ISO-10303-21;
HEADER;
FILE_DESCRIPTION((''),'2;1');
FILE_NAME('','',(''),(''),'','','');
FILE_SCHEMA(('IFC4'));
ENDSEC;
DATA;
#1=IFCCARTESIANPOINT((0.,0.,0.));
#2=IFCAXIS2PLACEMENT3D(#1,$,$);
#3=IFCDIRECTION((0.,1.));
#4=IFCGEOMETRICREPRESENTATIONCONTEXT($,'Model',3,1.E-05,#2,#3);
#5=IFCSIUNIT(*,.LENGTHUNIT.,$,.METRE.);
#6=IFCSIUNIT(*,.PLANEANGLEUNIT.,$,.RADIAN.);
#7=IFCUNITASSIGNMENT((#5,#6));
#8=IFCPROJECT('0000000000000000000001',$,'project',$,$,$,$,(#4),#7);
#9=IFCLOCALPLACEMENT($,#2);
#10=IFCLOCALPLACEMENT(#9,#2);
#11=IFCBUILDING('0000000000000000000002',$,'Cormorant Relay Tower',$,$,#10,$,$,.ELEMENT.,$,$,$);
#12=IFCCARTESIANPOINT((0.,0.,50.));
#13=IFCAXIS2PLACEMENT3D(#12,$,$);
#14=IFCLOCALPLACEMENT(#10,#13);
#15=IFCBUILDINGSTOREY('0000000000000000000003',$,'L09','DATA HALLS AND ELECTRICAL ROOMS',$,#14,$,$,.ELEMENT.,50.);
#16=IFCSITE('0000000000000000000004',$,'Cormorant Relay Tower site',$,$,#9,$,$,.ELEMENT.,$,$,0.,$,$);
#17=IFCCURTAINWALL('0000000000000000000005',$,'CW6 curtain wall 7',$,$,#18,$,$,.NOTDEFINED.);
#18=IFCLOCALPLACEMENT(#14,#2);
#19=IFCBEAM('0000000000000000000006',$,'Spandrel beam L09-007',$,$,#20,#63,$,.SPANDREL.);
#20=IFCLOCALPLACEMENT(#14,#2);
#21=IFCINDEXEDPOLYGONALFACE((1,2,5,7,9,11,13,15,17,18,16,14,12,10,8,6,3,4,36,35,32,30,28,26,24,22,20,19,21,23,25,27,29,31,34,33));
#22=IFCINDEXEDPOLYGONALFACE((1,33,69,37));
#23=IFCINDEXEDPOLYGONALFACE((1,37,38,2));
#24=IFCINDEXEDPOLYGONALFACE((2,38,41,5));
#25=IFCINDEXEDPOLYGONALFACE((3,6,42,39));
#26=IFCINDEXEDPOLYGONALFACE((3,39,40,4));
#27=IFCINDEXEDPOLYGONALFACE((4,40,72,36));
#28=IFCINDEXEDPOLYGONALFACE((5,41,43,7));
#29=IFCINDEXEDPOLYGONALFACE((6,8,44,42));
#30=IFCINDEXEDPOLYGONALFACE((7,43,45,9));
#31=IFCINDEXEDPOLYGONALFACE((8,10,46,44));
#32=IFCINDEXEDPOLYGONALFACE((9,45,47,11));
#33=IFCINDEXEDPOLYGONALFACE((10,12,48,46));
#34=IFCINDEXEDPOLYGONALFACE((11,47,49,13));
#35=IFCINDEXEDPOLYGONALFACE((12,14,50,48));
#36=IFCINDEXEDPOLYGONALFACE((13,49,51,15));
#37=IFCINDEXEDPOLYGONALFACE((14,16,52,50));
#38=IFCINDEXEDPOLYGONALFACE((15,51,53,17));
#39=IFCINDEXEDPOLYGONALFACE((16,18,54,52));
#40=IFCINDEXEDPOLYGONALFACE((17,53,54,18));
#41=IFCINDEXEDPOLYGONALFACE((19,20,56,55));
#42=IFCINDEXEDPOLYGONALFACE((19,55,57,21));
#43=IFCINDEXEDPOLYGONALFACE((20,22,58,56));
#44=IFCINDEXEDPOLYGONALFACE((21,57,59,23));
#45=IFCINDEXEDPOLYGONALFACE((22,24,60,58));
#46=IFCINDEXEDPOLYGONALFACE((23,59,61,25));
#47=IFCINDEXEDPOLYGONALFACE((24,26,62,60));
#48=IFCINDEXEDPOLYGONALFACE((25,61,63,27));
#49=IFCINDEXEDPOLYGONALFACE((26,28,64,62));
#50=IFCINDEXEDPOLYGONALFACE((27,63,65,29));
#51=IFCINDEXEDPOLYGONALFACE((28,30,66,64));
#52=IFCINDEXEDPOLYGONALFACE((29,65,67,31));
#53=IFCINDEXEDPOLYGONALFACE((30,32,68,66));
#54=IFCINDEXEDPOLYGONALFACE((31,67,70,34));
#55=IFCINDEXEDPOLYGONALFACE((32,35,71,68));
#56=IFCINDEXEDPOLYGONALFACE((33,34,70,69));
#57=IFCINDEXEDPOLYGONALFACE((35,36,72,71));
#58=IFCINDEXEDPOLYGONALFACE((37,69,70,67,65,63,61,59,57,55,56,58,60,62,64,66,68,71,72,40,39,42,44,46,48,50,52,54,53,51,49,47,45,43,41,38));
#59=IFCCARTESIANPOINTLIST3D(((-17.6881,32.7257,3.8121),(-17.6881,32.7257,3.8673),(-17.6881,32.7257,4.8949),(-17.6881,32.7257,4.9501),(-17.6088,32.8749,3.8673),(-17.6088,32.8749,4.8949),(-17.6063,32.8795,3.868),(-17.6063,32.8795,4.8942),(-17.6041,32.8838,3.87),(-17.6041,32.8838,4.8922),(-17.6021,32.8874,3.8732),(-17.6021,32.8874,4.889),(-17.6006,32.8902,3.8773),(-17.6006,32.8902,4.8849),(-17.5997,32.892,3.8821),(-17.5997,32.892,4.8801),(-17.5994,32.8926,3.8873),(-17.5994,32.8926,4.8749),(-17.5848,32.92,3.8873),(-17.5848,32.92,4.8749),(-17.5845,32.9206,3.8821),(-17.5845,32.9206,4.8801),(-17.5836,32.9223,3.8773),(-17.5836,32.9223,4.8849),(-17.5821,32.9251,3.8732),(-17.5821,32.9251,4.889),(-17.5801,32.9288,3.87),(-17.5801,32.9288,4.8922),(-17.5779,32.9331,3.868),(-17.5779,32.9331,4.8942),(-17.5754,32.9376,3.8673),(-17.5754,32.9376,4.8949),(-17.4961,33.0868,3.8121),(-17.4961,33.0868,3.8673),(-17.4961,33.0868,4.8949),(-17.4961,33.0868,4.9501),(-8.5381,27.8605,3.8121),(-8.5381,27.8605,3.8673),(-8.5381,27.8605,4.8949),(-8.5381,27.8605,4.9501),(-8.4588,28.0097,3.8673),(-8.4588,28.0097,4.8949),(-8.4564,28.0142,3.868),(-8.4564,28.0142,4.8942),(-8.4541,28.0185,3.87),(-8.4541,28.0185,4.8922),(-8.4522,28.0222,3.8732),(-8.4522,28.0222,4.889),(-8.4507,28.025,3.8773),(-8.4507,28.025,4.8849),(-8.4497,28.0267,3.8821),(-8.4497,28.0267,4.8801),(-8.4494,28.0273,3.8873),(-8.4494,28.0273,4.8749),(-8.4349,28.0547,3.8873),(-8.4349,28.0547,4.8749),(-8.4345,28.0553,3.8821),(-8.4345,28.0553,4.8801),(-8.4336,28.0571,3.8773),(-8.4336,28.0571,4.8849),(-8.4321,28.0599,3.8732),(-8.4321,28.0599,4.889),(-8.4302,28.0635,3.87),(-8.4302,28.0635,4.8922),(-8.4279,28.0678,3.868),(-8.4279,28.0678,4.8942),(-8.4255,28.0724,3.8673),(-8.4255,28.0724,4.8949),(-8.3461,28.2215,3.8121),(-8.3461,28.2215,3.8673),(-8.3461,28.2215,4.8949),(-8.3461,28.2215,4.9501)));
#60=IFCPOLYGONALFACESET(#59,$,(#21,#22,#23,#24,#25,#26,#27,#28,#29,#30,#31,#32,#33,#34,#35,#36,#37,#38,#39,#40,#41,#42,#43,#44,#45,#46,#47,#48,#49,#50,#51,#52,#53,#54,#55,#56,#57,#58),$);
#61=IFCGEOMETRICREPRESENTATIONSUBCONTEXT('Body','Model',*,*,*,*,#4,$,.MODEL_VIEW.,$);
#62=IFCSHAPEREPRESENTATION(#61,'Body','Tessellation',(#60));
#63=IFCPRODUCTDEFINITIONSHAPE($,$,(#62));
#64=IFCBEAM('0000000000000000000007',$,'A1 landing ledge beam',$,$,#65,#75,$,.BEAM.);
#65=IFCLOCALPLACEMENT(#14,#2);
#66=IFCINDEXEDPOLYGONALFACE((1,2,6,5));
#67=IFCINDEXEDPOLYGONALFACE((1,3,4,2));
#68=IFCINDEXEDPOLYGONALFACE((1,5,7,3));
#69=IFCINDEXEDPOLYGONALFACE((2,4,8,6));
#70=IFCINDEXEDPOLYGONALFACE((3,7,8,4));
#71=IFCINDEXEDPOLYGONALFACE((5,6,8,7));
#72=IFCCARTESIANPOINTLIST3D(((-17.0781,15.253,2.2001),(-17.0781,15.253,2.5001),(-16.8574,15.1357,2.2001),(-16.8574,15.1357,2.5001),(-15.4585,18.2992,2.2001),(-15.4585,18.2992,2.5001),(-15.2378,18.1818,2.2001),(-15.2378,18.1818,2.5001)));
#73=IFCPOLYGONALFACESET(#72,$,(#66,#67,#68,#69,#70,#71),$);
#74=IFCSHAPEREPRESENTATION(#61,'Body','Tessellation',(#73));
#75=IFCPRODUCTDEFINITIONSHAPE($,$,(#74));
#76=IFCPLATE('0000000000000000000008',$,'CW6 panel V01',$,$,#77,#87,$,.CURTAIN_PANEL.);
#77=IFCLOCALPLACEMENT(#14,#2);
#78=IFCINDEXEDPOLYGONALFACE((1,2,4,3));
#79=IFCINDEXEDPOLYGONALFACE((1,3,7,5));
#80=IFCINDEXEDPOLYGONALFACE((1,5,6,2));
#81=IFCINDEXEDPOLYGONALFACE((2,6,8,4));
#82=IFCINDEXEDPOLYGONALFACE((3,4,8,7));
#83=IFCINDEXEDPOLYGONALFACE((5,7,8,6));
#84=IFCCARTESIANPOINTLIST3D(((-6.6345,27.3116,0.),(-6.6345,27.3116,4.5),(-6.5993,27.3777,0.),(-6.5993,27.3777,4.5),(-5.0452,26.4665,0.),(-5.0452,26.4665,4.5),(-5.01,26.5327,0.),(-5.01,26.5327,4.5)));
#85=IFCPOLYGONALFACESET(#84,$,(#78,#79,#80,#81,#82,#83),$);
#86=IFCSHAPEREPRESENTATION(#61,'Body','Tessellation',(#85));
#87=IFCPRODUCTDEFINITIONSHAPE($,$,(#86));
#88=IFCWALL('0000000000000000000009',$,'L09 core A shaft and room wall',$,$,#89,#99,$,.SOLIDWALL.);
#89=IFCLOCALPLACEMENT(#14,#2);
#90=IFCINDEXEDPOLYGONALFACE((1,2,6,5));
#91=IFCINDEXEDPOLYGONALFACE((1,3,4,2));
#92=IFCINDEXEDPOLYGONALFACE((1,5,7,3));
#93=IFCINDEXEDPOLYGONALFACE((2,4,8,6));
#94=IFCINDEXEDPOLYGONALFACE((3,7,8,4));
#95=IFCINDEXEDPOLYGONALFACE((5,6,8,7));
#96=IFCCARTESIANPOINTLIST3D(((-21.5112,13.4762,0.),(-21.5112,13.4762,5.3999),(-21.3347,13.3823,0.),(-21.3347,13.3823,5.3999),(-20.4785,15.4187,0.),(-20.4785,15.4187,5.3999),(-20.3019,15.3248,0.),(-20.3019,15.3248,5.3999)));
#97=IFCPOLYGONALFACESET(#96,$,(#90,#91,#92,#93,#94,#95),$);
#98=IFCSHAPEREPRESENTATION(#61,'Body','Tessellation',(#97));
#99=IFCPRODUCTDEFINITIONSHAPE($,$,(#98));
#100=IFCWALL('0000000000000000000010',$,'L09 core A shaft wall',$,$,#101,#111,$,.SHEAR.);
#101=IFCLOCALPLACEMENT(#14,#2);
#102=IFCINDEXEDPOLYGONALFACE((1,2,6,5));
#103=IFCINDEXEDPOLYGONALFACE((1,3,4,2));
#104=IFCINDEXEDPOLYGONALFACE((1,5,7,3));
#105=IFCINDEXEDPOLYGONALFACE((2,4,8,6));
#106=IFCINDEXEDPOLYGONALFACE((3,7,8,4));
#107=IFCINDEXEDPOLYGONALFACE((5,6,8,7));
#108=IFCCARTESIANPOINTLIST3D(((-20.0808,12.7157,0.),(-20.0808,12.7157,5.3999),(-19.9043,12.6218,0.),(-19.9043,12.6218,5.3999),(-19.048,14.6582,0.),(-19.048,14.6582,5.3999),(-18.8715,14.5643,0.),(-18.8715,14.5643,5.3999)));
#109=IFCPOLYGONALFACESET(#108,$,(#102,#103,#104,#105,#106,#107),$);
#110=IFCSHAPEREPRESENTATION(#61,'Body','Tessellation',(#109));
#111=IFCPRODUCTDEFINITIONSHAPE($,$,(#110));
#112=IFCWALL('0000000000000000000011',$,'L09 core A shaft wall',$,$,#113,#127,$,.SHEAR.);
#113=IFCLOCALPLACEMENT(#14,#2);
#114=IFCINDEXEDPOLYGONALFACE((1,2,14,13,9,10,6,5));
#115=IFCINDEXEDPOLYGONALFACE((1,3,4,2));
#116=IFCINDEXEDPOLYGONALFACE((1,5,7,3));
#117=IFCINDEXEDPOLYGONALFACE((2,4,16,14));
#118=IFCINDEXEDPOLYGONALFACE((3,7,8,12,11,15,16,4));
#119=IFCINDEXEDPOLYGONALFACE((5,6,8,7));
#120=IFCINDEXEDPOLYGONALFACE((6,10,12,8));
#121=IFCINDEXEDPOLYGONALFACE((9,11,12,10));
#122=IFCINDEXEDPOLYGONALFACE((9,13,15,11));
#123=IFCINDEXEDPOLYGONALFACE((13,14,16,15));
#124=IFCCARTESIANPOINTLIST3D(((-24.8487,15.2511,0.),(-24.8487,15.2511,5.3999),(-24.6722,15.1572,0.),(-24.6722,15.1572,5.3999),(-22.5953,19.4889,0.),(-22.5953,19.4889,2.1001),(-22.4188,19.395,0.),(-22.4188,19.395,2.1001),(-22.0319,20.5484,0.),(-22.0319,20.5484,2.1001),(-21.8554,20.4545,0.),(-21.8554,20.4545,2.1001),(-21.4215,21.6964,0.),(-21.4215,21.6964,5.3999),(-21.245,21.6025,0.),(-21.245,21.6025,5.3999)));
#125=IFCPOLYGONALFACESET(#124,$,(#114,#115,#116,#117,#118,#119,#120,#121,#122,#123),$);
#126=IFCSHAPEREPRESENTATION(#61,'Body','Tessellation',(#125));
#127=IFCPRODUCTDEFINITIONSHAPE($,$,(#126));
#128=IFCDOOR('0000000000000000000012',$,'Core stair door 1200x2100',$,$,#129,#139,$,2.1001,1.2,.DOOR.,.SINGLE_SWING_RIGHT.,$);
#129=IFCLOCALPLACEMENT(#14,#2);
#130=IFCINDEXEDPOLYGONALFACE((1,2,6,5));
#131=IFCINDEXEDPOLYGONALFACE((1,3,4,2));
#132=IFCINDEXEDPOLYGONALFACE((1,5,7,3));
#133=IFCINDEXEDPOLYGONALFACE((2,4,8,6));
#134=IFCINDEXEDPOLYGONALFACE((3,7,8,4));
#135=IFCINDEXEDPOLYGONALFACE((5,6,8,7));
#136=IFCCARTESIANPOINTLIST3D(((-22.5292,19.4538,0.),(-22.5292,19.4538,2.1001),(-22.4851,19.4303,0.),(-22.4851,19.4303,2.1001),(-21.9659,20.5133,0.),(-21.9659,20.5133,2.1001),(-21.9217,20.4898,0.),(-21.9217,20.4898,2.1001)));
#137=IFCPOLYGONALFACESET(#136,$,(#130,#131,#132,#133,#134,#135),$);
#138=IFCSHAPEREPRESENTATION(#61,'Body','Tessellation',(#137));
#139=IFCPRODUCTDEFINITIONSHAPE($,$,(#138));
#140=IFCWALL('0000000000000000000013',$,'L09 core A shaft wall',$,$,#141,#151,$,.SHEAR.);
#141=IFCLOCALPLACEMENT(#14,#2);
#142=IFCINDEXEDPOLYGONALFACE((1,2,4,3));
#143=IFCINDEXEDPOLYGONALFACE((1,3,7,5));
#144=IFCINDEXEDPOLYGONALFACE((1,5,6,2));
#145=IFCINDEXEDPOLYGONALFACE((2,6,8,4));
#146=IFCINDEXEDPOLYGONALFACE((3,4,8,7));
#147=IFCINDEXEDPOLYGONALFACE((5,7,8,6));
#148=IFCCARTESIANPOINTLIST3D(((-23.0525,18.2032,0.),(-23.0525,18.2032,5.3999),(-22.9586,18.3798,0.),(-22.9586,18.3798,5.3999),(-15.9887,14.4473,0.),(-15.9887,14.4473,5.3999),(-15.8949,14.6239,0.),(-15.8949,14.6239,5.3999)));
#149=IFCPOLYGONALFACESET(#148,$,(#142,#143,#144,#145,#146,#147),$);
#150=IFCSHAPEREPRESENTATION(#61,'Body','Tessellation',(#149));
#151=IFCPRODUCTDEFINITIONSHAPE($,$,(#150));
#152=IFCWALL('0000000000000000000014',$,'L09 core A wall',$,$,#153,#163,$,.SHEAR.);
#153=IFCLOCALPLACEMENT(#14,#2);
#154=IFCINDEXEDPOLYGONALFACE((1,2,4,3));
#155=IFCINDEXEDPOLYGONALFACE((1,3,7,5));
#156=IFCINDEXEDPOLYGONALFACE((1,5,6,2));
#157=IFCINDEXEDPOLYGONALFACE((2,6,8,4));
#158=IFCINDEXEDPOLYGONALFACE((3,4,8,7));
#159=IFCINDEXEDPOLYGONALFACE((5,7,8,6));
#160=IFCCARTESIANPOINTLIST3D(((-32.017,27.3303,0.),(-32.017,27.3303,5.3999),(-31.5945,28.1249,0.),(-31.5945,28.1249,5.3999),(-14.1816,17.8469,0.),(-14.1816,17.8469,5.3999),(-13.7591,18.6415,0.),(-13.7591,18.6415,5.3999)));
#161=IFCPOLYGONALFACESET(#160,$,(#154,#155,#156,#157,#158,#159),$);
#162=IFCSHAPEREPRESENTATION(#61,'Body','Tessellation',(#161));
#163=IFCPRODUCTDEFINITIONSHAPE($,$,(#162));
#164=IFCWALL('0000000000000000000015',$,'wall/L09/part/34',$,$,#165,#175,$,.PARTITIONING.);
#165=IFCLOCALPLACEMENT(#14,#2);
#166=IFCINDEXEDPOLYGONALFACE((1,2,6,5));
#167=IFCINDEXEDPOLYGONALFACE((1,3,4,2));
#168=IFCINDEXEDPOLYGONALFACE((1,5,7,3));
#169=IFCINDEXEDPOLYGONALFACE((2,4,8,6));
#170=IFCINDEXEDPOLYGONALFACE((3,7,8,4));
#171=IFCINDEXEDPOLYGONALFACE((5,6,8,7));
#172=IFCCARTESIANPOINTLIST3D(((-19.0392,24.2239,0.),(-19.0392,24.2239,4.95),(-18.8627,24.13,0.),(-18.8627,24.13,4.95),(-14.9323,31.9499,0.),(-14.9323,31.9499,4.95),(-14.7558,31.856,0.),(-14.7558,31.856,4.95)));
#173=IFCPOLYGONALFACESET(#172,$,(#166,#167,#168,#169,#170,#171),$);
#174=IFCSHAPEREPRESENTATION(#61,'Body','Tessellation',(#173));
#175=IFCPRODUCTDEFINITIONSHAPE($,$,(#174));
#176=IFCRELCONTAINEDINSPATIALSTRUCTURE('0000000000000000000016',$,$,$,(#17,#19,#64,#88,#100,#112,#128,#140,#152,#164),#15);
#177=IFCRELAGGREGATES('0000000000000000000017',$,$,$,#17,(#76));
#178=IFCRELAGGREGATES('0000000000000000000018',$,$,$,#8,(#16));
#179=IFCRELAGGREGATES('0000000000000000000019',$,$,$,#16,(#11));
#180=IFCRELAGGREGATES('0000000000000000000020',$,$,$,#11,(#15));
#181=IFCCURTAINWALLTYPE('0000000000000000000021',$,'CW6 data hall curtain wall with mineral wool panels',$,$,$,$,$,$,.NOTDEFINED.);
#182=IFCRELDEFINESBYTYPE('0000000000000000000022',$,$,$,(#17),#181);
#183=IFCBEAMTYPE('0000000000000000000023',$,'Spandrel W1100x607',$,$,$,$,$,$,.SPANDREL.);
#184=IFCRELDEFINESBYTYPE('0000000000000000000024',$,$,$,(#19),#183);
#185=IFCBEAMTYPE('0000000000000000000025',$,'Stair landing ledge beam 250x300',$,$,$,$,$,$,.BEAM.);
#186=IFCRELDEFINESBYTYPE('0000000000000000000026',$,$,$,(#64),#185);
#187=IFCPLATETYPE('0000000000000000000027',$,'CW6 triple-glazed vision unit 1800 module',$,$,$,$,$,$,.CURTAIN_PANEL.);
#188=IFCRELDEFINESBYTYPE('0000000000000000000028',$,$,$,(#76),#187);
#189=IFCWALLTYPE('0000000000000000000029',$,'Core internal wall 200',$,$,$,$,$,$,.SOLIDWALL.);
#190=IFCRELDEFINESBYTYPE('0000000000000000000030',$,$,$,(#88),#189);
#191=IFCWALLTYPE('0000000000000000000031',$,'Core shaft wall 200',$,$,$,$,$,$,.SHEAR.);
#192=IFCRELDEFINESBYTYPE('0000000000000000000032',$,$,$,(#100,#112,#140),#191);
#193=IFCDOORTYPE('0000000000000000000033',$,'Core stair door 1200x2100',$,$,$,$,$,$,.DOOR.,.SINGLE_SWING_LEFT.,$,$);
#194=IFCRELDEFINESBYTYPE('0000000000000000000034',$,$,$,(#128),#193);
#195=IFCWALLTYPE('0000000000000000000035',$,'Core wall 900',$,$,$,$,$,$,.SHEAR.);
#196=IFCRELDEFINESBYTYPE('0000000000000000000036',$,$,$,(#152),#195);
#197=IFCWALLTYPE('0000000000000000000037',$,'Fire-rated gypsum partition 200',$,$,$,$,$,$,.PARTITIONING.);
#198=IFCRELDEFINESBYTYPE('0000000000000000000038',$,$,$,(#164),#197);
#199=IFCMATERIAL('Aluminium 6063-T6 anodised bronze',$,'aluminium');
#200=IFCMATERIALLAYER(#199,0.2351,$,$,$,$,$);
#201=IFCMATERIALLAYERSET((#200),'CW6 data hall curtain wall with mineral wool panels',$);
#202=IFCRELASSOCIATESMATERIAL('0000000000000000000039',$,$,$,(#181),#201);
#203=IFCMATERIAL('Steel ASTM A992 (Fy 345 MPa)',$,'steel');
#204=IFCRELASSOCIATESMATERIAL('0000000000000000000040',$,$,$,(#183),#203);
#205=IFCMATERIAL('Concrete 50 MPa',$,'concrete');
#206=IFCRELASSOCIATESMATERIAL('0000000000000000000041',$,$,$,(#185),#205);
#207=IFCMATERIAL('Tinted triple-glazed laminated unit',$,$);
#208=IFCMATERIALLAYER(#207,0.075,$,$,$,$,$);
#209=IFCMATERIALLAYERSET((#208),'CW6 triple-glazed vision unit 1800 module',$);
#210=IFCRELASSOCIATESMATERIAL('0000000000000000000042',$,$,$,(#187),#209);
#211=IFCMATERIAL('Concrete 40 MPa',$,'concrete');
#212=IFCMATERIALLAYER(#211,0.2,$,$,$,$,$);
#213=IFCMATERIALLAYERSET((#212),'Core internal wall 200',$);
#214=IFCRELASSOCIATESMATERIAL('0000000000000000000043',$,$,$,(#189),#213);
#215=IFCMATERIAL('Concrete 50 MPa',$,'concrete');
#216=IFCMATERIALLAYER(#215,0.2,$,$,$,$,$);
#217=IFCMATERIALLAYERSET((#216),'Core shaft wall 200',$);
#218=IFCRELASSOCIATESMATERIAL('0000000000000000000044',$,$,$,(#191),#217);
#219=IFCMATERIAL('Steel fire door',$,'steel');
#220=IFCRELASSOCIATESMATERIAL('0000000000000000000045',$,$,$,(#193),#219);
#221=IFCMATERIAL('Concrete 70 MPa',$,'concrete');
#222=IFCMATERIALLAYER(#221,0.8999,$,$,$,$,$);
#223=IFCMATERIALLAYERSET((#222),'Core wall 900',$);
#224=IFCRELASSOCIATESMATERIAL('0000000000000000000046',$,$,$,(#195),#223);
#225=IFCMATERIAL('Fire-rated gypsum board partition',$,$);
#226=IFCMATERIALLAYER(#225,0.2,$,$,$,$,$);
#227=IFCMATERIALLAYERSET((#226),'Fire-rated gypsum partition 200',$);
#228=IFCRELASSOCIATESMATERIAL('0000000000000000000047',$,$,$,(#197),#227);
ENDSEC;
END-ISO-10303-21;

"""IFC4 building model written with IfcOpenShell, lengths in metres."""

from ifc_helpers import new_model, si_unit, direction, frame, frame_2d, origin, origin_2d, place, context, subcontext, project, spatial, rectangle, i_section, extrude, material, layer, layer_set, material_profile, profile_set, type_object, element, fill, aggregate, save


model = new_model("IFC4")

# Units and contexts
model_context = context("Model", 3, precision=1e-05, world=origin(), true_north=direction((0.0, 1.0)))
body_context = subcontext(model_context, "Body", "Model", "MODEL_VIEW")
ifc_project = project(units=[si_unit("LENGTHUNIT", "METRE"), si_unit("PLANEANGLEUNIT", "RADIAN")], contexts=[model_context])

# Site, building, storey
site_placement = place(None, origin())
site = spatial("IfcSite", under=ifc_project, at=site_placement, Name="Cormorant Relay Tower site", CompositionType="ELEMENT", RefElevation=0.0)
building_placement = place(site_placement, origin())
building = spatial("IfcBuilding", under=site, at=building_placement, Name="Cormorant Relay Tower", CompositionType="ELEMENT")
storey_placement = place(building_placement, frame((0.0, 0.0, 50.0)))
storey = spatial("IfcBuildingStorey", under=building, at=storey_placement, Name="L09", Description="DATA HALLS AND ELECTRICAL ROOMS", CompositionType="ELEMENT", Elevation=50.0)

# Curtain wall
ifc_material_1 = material(Name="Aluminium 6063-T6 anodised bronze", Category="aluminium")
ifc_layer_1 = layer(ifc_material_1, 0.2351)
ifc_layer_set_1 = layer_set([ifc_layer_1], Name="CW6 data hall curtain wall with mineral wool panels")
curtain_wall_type = type_object("IfcCurtainWallType", Name="CW6 data hall curtain wall with mineral wool panels", PredefinedType="NOTDEFINED", material=ifc_layer_set_1)
curtain_wall_placement = place(storey_placement, origin())
curtain_wall = element("IfcCurtainWall", 1, at=curtain_wall_placement, inside=storey, type_object=curtain_wall_type, Name="CW6 curtain wall 7", PredefinedType="NOTDEFINED")

# Beams
ifc_material_2 = material(Name="Steel ASTM A992 (Fy 345 MPa)", Category="steel")
ifc_material_profile_1 = material_profile(ifc_material_2, i_section(OverallWidth=0.4089, OverallDepth=1.1379, WebThickness=0.031, FlangeThickness=0.0552, FilletRadius=0.02, at=origin_2d()), Name="W1100x607")
ifc_profile_set_1 = profile_set([ifc_material_profile_1], Name="Steel ASTM A992 (Fy 345 MPa)")
beam_type_1 = type_object("IfcBeamType", Name="Spandrel W1100x607", PredefinedType="SPANDREL", material=ifc_profile_set_1)
beam_1_placement = place(storey_placement, frame((-8.4421, 28.041, 4.3811), z_axis=(-0.882942, 0.469482, 0.0), x_axis=(-0.469482, -0.882942, 0.0)))
element("IfcBeam", 2, at=beam_1_placement, inside=storey, type_object=beam_type_1, Name="Spandrel beam L09-007", PredefinedType="SPANDREL", context=body_context, shape_type="SweptSolid", body=[
    extrude(i_section(OverallWidth=0.4089, OverallDepth=1.1379, WebThickness=0.031, FlangeThickness=0.0552, FilletRadius=0.02, at=origin_2d()), origin(), (0.0, 0.0, 1.0), 10.363),
])
ifc_material_3 = material(Name="Concrete 50 MPa", Category="concrete")
ifc_material_profile_2 = material_profile(ifc_material_3, rectangle(XDim=0.25, YDim=0.3, at=origin_2d()), Name="RC 250x300")
ifc_profile_set_2 = profile_set([ifc_material_profile_2], Name="Concrete 50 MPa")
beam_type_2 = type_object("IfcBeamType", Name="Stair landing ledge beam 250x300", PredefinedType="BEAM", material=ifc_profile_set_2)
beam_2_placement = place(storey_placement, frame((-16.9678, 15.1943, 2.3501), z_axis=(0.469464, 0.882952, 0.0), x_axis=(-0.882952, 0.469464, 0.0)))
element("IfcBeam", 3, at=beam_2_placement, inside=storey, type_object=beam_type_2, Name="A1 landing ledge beam", PredefinedType="BEAM", context=body_context, shape_type="SweptSolid", body=[
    extrude(rectangle(XDim=0.25, YDim=0.3, at=origin_2d()), origin(), (0.0, 0.0, 1.0), 3.45),
])

# Plate
ifc_material_4 = material(Name="Tinted triple-glazed laminated unit")
ifc_layer_2 = layer(ifc_material_4, 0.075)
ifc_layer_set_2 = layer_set([ifc_layer_2], Name="CW6 triple-glazed vision unit 1800 module")
plate_type = type_object("IfcPlateType", Name="CW6 triple-glazed vision unit 1800 module", PredefinedType="CURTAIN_PANEL", material=ifc_layer_set_2)
plate_placement = place(storey_placement, frame((-5.8223, 26.9221, 0.0), z_axis=(0.0, 0.0, 1.0), x_axis=(-0.882948, 0.469472, 0.0)))
plate = element("IfcPlate", 4, at=plate_placement, type_object=plate_type, Name="CW6 panel V01", PredefinedType="CURTAIN_PANEL", context=body_context, shape_type="SweptSolid", body=[
    extrude(rectangle(XDim=1.8, YDim=0.075, at=origin_2d()), origin(), (0.0, 0.0, 1.0), 4.5),
])

# Walls
ifc_material_5 = material(Name="Concrete 40 MPa", Category="concrete")
ifc_layer_3 = layer(ifc_material_5, 0.2)
ifc_layer_set_3 = layer_set([ifc_layer_3], Name="Core internal wall 200")
wall_type_1 = type_object("IfcWallType", Name="Core internal wall 200", PredefinedType="SOLIDWALL", material=ifc_layer_set_3)
wall_1_placement = place(storey_placement, frame((-20.3901, 15.3718, 0.0), z_axis=(0.0, 0.0, 1.0), x_axis=(-0.469447, -0.88296, 0.0)))
element("IfcWall", 5, at=wall_1_placement, inside=storey, type_object=wall_type_1, Name="L09 core A shaft and room wall", PredefinedType="SOLIDWALL", context=body_context, shape_type="SweptSolid", body=[
    extrude(rectangle(XDim=2.2, YDim=0.2, at=frame_2d((1.1001, 0.0))), origin(), (0.0, 0.0, 1.0), 5.3999),
])
ifc_material_6 = material(Name="Concrete 50 MPa", Category="concrete")
ifc_layer_4 = layer(ifc_material_6, 0.2)
ifc_layer_set_4 = layer_set([ifc_layer_4], Name="Core shaft wall 200")
wall_type_2 = type_object("IfcWallType", Name="Core shaft wall 200", PredefinedType="SHEAR", material=ifc_layer_set_4)
wall_2_placement = place(storey_placement, frame((-18.9597, 14.6113, 0.0), z_axis=(0.0, 0.0, 1.0), x_axis=(-0.469447, -0.88296, 0.0)))
element("IfcWall", 6, at=wall_2_placement, inside=storey, type_object=wall_type_2, Name="L09 core A shaft wall", PredefinedType="SHEAR", context=body_context, shape_type="SweptSolid", body=[
    extrude(rectangle(XDim=2.2, YDim=0.2, at=frame_2d((1.1001, 0.0))), origin(), (0.0, 0.0, 1.0), 5.3999),
])

# Wall, opening, door
wall_3_placement = place(storey_placement, frame((-21.3333, 21.6494, 0.0), z_axis=(0.0, 0.0, 1.0), x_axis=(-0.469494, -0.882936, 0.0)))
wall_3 = element("IfcWall", 7, at=wall_3_placement, inside=storey, type_object=wall_type_2, Name="L09 core A shaft wall", PredefinedType="SHEAR", context=body_context, shape_type="SweptSolid", body=[
    extrude(rectangle(XDim=7.2998, YDim=0.2, at=frame_2d((3.6499, 0.0))), origin(), (0.0, 0.0, 1.0), 5.3999),
])
opening_1_placement = place(wall_3_placement, frame((1.3, 0.0, 0.0)))
opening_1 = element("IfcOpeningElement", 8, at=opening_1_placement, cuts=wall_3, PredefinedType="OPENING", context=body_context, shape_type="SweptSolid", body=[
    extrude(rectangle(XDim=1.2, YDim=2.1001, at=frame_2d((0.6001, 1.05))), frame((0.0, 0.1099, 0.0), z_axis=(0.0, -1.0, 0.0), x_axis=(1.0, 0.0, 0.0)), (0.0, 0.0, 1.0), 0.22),
])
ifc_material_7 = material(Name="Steel fire door", Category="steel")
door_type_1 = type_object("IfcDoorType", Name="Core stair door 1200x2100", OperationType="SINGLE_SWING_LEFT", PredefinedType="DOOR", material=ifc_material_7)
door_1_placement = place(opening_1_placement, origin())
door_1 = element("IfcDoor", 9, at=door_1_placement, inside=storey, type_object=door_type_1, Name="Core stair door 1200x2100", OperationType="SINGLE_SWING_RIGHT", OverallHeight=2.1001, OverallWidth=1.2, PredefinedType="DOOR", context=body_context, shape_type="SweptSolid", body=[
    extrude(rectangle(XDim=1.2, YDim=2.1001, at=frame_2d((0.6001, 1.05))), frame((0.0, 0.0249, 0.0), z_axis=(0.0, -1.0, 0.0), x_axis=(1.0, 0.0, 0.0)), (0.0, 0.0, 1.0), 0.05),
])
fill(opening_1, door_1)

# Wall
wall_4_placement = place(storey_placement, frame((-15.9419, 14.5356, 0.0), z_axis=(0.0, 0.0, 1.0), x_axis=(-0.882947, 0.469473, 0.0)))
element("IfcWall", 10, at=wall_4_placement, inside=storey, type_object=wall_type_2, Name="L09 core A shaft wall", PredefinedType="SHEAR", context=body_context, shape_type="SweptSolid", body=[
    extrude(rectangle(XDim=8.0002, YDim=0.2, at=frame_2d((4.0, 0.0))), origin(), (0.0, 0.0, 1.0), 5.3999),
])

# Shared definitions
ifc_material_8 = material(Name="Concrete 70 MPa", Category="concrete")
ifc_layer_5 = layer(ifc_material_8, 0.8999)
ifc_layer_set_5 = layer_set([ifc_layer_5], Name="Core wall 900")
wall_type_3 = type_object("IfcWallType", Name="Core wall 900", PredefinedType="SHEAR", material=ifc_layer_set_5)

# Walls
wall_5_placement = place(storey_placement, frame((-13.9702, 18.2441, 0.0), z_axis=(0.0, 0.0, 1.0), x_axis=(-0.882945, 0.469476, 0.0)))
element("IfcWall", 11, at=wall_5_placement, inside=storey, type_object=wall_type_3, Name="L09 core A wall", PredefinedType="SHEAR", context=body_context, shape_type="SweptSolid", body=[
    extrude(rectangle(XDim=20.2, YDim=0.8999, at=frame_2d((10.1001, 0.0))), origin(), (0.0, 0.0, 1.0), 5.3999),
])
ifc_material_9 = material(Name="Fire-rated gypsum board partition")
ifc_layer_6 = layer(ifc_material_9, 0.2)
ifc_layer_set_6 = layer_set([ifc_layer_6], Name="Fire-rated gypsum partition 200")
wall_type_4 = type_object("IfcWallType", Name="Fire-rated gypsum partition 200", PredefinedType="PARTITIONING", material=ifc_layer_set_6)
wall_6_placement = place(storey_placement, frame((-14.844, 31.9031, 0.0), z_axis=(0.0, 0.0, 1.0), x_axis=(-0.469374, -0.882999, 0.0)))
element("IfcWall", 12, at=wall_6_placement, inside=storey, type_object=wall_type_4, Name="wall/L09/part/34", PredefinedType="PARTITIONING", context=body_context, shape_type="SweptSolid", body=[
    extrude(rectangle(XDim=8.7498, YDim=0.2, at=frame_2d((4.375, 0.0))), origin(), (0.0, 0.0, 1.0), 4.95),
])

aggregate(curtain_wall, [plate])

save(model, "model.ifc")
